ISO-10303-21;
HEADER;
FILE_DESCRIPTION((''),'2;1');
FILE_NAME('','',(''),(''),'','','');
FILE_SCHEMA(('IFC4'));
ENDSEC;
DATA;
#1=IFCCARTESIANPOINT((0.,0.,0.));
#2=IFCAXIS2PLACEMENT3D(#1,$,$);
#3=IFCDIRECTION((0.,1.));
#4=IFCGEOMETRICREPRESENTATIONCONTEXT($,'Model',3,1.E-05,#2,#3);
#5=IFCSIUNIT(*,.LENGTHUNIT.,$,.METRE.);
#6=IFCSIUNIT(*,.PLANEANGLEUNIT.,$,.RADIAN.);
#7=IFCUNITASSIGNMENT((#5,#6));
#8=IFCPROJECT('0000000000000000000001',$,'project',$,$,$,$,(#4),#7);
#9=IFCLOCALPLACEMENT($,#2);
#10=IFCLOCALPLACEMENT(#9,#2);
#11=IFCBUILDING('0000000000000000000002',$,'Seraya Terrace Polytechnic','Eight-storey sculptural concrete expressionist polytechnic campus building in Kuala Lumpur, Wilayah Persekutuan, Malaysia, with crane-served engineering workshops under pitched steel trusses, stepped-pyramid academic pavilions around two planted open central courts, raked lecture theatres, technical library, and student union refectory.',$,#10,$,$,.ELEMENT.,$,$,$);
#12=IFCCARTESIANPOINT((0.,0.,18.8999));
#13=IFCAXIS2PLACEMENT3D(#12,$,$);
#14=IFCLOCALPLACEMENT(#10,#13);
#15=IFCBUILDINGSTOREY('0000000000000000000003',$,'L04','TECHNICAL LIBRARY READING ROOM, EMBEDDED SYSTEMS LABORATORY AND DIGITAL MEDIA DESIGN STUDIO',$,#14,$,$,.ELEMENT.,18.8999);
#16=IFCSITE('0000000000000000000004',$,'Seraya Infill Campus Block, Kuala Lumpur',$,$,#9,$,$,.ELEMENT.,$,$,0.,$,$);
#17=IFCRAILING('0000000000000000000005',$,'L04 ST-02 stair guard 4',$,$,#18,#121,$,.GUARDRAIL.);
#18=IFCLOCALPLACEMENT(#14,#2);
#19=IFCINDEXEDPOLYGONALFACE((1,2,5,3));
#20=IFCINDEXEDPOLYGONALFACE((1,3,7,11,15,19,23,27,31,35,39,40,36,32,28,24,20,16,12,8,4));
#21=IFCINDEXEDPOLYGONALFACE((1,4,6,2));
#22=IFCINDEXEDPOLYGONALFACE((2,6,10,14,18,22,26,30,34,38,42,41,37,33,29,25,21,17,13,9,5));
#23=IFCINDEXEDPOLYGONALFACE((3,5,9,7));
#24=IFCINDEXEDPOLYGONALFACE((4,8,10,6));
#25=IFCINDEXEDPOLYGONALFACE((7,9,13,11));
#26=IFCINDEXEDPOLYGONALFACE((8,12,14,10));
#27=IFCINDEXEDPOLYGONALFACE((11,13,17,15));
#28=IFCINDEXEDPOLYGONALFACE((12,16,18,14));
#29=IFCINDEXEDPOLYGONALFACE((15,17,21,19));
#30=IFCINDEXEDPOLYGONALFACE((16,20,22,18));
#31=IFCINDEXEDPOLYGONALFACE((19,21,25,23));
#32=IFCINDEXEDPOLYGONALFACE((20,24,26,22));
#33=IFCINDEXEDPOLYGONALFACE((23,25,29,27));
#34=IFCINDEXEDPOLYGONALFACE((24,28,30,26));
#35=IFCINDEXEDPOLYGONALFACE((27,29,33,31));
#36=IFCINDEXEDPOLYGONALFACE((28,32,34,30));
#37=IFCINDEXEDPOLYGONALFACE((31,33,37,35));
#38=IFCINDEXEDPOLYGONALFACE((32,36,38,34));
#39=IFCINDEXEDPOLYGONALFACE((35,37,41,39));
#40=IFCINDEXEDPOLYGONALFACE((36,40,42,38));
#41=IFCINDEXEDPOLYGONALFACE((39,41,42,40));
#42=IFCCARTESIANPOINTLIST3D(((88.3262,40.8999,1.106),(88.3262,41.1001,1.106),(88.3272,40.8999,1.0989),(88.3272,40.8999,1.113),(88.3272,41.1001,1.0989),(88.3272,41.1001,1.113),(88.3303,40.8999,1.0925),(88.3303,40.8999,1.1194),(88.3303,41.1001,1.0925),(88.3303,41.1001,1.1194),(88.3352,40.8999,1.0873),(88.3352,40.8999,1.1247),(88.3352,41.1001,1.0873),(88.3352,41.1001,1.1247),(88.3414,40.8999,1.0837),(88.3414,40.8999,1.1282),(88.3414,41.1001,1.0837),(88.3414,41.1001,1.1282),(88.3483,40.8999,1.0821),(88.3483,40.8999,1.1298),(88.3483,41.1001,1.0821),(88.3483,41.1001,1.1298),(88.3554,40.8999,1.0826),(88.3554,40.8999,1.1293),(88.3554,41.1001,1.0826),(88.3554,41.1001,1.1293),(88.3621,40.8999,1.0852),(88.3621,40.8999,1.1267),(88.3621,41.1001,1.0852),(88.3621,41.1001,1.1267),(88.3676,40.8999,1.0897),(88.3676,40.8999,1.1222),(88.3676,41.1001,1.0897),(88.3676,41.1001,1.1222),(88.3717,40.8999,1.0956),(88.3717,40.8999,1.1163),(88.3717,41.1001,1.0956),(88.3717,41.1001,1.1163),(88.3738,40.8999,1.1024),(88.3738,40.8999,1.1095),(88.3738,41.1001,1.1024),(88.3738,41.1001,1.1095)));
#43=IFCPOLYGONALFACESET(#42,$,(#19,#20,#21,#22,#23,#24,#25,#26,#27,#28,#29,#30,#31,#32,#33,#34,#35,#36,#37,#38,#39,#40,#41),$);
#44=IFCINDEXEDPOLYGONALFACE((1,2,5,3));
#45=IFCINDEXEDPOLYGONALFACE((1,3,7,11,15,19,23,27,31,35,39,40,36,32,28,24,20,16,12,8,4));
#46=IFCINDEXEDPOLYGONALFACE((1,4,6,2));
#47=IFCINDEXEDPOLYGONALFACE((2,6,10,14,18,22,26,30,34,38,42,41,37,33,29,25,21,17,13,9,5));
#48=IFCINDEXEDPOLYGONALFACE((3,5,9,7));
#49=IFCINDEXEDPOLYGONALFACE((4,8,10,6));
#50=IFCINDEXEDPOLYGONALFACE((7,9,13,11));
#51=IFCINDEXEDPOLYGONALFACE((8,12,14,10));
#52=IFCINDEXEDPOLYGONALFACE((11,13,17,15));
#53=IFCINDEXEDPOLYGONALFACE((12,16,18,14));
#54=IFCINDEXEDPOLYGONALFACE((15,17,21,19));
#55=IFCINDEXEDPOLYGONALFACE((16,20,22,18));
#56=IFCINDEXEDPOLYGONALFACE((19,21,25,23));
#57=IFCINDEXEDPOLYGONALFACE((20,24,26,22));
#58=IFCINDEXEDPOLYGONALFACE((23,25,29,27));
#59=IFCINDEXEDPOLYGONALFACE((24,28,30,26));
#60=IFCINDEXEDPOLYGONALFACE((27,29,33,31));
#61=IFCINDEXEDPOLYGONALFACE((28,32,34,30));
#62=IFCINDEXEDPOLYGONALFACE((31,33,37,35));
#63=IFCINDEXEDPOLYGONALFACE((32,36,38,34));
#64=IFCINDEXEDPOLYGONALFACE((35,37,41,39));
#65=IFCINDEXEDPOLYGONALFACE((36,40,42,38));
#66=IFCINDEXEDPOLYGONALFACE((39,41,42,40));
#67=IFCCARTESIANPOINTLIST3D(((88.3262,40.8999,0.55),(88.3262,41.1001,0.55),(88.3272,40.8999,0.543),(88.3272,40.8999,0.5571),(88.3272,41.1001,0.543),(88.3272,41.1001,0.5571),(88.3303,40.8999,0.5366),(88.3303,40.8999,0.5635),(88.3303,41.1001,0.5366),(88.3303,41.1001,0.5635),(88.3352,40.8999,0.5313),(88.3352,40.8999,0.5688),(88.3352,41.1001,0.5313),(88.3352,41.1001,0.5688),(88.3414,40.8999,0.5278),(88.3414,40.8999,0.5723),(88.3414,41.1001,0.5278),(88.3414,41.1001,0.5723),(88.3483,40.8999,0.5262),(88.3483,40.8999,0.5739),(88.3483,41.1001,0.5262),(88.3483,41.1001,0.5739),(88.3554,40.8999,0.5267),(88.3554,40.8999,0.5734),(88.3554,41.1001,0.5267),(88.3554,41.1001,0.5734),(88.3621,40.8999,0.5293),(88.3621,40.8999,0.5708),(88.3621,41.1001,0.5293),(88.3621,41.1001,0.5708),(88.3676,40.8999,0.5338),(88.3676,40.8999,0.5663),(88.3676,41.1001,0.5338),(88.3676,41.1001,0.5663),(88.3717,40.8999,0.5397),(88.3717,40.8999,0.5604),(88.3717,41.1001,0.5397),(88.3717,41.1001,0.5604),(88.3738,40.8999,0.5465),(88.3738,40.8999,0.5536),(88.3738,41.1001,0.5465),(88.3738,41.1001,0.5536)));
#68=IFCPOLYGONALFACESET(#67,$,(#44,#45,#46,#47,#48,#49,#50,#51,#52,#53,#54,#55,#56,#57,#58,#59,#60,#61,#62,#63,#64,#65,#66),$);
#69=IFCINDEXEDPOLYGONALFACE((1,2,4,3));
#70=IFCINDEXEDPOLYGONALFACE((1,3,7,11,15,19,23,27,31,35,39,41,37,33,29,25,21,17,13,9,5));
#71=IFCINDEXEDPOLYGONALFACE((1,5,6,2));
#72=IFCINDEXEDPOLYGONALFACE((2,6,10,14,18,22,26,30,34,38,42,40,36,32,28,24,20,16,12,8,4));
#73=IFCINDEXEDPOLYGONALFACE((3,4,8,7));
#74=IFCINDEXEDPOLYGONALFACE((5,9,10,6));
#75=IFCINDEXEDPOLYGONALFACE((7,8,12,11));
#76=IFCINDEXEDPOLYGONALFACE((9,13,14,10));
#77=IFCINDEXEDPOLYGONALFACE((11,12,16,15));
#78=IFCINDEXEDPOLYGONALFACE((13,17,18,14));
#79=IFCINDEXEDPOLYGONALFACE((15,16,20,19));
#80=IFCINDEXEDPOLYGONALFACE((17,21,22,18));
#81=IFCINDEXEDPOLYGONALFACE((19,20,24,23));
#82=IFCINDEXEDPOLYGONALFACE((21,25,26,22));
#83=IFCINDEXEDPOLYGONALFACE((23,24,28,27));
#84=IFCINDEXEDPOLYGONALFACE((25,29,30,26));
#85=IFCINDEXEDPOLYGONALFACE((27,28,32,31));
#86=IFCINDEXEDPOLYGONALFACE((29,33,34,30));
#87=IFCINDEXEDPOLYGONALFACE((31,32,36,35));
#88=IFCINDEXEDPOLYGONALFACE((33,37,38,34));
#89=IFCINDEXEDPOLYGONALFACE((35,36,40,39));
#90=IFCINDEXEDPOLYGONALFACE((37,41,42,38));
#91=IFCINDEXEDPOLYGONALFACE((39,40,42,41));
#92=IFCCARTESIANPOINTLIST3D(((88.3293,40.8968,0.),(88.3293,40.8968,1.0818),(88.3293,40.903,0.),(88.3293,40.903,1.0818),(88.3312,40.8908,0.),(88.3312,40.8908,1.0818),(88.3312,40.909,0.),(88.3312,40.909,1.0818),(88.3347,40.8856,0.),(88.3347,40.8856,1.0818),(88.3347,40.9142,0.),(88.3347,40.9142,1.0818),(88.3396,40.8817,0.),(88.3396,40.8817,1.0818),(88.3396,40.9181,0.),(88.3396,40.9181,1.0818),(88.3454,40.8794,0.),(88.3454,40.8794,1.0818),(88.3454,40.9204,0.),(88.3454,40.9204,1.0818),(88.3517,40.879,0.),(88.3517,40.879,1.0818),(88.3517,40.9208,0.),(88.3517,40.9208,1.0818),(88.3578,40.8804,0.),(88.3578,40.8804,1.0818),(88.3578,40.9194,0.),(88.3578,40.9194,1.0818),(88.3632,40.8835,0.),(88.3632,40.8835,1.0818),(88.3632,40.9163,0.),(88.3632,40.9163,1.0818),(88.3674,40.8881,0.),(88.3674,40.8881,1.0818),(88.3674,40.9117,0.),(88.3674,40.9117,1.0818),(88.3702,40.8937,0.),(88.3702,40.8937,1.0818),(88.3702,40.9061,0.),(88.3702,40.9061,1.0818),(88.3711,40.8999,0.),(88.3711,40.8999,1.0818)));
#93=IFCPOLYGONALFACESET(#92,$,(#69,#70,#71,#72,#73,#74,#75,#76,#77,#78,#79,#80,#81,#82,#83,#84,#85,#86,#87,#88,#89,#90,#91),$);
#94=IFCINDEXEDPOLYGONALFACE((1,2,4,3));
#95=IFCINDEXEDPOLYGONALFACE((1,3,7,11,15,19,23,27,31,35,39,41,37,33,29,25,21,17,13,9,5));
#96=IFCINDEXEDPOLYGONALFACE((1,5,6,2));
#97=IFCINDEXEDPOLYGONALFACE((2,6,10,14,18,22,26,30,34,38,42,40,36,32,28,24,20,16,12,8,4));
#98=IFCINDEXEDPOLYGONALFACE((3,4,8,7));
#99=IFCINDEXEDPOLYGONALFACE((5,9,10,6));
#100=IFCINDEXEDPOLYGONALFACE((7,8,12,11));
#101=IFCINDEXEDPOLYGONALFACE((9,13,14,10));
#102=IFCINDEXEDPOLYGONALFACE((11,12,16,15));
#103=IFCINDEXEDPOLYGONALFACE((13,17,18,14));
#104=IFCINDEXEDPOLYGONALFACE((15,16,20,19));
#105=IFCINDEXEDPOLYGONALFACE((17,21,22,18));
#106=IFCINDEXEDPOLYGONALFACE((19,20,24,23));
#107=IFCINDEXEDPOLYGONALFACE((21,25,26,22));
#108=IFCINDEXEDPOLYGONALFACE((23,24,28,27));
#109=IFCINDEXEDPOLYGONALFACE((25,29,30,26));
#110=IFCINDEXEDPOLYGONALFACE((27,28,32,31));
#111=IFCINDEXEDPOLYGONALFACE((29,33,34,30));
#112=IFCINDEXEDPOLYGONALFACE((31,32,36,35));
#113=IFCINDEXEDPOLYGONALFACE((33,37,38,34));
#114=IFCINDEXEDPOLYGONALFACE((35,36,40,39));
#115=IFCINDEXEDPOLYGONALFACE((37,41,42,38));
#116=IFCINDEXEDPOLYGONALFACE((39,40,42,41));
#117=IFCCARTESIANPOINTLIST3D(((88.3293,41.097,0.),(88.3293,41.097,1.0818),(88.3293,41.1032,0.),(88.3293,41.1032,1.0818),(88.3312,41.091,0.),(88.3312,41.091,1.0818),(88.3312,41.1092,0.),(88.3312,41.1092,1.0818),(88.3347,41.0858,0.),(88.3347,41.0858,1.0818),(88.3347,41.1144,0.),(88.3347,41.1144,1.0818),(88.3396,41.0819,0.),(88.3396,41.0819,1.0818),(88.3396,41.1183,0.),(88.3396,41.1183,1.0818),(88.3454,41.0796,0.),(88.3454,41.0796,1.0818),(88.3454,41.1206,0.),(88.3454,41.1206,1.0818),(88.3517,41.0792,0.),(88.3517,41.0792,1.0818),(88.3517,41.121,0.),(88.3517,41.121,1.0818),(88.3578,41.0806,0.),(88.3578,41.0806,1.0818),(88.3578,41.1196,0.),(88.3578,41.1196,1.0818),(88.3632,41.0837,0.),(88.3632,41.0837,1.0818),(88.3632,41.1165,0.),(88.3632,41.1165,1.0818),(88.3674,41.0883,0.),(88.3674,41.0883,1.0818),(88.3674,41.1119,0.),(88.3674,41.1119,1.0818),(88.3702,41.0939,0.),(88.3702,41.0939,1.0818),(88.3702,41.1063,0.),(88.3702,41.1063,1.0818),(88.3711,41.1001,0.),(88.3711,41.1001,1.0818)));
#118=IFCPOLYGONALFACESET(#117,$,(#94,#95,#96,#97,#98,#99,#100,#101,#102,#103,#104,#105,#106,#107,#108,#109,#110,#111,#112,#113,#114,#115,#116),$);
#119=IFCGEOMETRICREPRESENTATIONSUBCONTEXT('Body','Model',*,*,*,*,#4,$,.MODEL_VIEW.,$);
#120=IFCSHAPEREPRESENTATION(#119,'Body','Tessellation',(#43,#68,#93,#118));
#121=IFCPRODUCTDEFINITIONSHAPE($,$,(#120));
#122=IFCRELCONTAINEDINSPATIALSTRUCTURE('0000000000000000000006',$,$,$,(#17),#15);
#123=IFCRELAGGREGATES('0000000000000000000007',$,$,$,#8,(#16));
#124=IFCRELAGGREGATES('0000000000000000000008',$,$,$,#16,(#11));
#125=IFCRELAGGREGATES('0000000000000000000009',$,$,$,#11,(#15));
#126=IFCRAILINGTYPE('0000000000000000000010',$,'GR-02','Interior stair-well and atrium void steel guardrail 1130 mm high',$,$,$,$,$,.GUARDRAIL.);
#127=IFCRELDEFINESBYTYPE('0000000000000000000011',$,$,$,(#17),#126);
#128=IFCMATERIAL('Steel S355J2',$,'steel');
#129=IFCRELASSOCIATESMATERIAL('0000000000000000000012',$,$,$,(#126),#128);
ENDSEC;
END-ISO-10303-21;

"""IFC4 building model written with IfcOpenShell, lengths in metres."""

from ifc_helpers import new_model, si_unit, direction, frame, origin, origin_2d, place, context, subcontext, project, spatial, circle, extrude, material, type_object, element, save


model = new_model("IFC4")

# Units and contexts
model_context = context("Model", 3, precision=1e-05, world=origin(), true_north=direction((0.0, 1.0)))
body_context = subcontext(model_context, "Body", "Model", "MODEL_VIEW")
ifc_project = project(units=[si_unit("LENGTHUNIT", "METRE"), si_unit("PLANEANGLEUNIT", "RADIAN")], contexts=[model_context])

# Site, building, storey
site_placement = place(None, origin())
site = spatial("IfcSite", under=ifc_project, at=site_placement, Name="Seraya Infill Campus Block, Kuala Lumpur", CompositionType="ELEMENT", RefElevation=0.0)
building_placement = place(site_placement, origin())
building = spatial("IfcBuilding", under=site, at=building_placement, Name="Seraya Terrace Polytechnic", Description="Eight-storey sculptural concrete expressionist polytechnic campus building in Kuala Lumpur, Wilayah Persekutuan, Malaysia, with crane-served engineering workshops under pitched steel trusses, stepped-pyramid academic pavilions around two planted open central courts, raked lecture theatres, technical library, and student union refectory.", CompositionType="ELEMENT")
storey_placement = place(building_placement, frame((0.0, 0.0, 18.8999)))
storey = spatial("IfcBuildingStorey", under=building, at=storey_placement, Name="L04", Description="TECHNICAL LIBRARY READING ROOM, EMBEDDED SYSTEMS LABORATORY AND DIGITAL MEDIA DESIGN STUDIO", CompositionType="ELEMENT", Elevation=18.8999)

# Railing
ifc_material_1 = material(Name="Steel S355J2", Category="steel")
railing_type_1 = type_object("IfcRailingType", Name="GR-02", Description="Interior stair-well and atrium void steel guardrail 1130 mm high", PredefinedType="GUARDRAIL", material=ifc_material_1)
railing_1_placement = place(storey_placement, frame((88.3501, 40.8999, 0.0)))
element("IfcRailing", 1, at=railing_1_placement, inside=storey, type_object=railing_type_1, Name="L04 ST-02 stair guard 4", PredefinedType="GUARDRAIL", context=body_context, shape_type="SweptSolid", body=[
    extrude(circle(Radius=0.0239, at=origin_2d()), frame((0.0, 0.0, 1.106), z_axis=(0.0, 1.0, 0.0), x_axis=(-1.0, 0.0, 0.0)), (0.0, 0.0, 1.0), 0.2002),
    extrude(circle(Radius=0.0239, at=origin_2d()), frame((0.0, 0.0, 0.55), z_axis=(0.0, 1.0, 0.0), x_axis=(-1.0, 0.0, 0.0)), (0.0, 0.0, 1.0), 0.2002),
    extrude(circle(Radius=0.021, at=origin_2d()), origin(), (0.0, 0.0, 1.0), 1.0818),
    extrude(circle(Radius=0.021, at=origin_2d()), frame((0.0, 0.2002, 0.0)), (0.0, 0.0, 1.0), 1.0818),
])

save(model, "model.ifc")
